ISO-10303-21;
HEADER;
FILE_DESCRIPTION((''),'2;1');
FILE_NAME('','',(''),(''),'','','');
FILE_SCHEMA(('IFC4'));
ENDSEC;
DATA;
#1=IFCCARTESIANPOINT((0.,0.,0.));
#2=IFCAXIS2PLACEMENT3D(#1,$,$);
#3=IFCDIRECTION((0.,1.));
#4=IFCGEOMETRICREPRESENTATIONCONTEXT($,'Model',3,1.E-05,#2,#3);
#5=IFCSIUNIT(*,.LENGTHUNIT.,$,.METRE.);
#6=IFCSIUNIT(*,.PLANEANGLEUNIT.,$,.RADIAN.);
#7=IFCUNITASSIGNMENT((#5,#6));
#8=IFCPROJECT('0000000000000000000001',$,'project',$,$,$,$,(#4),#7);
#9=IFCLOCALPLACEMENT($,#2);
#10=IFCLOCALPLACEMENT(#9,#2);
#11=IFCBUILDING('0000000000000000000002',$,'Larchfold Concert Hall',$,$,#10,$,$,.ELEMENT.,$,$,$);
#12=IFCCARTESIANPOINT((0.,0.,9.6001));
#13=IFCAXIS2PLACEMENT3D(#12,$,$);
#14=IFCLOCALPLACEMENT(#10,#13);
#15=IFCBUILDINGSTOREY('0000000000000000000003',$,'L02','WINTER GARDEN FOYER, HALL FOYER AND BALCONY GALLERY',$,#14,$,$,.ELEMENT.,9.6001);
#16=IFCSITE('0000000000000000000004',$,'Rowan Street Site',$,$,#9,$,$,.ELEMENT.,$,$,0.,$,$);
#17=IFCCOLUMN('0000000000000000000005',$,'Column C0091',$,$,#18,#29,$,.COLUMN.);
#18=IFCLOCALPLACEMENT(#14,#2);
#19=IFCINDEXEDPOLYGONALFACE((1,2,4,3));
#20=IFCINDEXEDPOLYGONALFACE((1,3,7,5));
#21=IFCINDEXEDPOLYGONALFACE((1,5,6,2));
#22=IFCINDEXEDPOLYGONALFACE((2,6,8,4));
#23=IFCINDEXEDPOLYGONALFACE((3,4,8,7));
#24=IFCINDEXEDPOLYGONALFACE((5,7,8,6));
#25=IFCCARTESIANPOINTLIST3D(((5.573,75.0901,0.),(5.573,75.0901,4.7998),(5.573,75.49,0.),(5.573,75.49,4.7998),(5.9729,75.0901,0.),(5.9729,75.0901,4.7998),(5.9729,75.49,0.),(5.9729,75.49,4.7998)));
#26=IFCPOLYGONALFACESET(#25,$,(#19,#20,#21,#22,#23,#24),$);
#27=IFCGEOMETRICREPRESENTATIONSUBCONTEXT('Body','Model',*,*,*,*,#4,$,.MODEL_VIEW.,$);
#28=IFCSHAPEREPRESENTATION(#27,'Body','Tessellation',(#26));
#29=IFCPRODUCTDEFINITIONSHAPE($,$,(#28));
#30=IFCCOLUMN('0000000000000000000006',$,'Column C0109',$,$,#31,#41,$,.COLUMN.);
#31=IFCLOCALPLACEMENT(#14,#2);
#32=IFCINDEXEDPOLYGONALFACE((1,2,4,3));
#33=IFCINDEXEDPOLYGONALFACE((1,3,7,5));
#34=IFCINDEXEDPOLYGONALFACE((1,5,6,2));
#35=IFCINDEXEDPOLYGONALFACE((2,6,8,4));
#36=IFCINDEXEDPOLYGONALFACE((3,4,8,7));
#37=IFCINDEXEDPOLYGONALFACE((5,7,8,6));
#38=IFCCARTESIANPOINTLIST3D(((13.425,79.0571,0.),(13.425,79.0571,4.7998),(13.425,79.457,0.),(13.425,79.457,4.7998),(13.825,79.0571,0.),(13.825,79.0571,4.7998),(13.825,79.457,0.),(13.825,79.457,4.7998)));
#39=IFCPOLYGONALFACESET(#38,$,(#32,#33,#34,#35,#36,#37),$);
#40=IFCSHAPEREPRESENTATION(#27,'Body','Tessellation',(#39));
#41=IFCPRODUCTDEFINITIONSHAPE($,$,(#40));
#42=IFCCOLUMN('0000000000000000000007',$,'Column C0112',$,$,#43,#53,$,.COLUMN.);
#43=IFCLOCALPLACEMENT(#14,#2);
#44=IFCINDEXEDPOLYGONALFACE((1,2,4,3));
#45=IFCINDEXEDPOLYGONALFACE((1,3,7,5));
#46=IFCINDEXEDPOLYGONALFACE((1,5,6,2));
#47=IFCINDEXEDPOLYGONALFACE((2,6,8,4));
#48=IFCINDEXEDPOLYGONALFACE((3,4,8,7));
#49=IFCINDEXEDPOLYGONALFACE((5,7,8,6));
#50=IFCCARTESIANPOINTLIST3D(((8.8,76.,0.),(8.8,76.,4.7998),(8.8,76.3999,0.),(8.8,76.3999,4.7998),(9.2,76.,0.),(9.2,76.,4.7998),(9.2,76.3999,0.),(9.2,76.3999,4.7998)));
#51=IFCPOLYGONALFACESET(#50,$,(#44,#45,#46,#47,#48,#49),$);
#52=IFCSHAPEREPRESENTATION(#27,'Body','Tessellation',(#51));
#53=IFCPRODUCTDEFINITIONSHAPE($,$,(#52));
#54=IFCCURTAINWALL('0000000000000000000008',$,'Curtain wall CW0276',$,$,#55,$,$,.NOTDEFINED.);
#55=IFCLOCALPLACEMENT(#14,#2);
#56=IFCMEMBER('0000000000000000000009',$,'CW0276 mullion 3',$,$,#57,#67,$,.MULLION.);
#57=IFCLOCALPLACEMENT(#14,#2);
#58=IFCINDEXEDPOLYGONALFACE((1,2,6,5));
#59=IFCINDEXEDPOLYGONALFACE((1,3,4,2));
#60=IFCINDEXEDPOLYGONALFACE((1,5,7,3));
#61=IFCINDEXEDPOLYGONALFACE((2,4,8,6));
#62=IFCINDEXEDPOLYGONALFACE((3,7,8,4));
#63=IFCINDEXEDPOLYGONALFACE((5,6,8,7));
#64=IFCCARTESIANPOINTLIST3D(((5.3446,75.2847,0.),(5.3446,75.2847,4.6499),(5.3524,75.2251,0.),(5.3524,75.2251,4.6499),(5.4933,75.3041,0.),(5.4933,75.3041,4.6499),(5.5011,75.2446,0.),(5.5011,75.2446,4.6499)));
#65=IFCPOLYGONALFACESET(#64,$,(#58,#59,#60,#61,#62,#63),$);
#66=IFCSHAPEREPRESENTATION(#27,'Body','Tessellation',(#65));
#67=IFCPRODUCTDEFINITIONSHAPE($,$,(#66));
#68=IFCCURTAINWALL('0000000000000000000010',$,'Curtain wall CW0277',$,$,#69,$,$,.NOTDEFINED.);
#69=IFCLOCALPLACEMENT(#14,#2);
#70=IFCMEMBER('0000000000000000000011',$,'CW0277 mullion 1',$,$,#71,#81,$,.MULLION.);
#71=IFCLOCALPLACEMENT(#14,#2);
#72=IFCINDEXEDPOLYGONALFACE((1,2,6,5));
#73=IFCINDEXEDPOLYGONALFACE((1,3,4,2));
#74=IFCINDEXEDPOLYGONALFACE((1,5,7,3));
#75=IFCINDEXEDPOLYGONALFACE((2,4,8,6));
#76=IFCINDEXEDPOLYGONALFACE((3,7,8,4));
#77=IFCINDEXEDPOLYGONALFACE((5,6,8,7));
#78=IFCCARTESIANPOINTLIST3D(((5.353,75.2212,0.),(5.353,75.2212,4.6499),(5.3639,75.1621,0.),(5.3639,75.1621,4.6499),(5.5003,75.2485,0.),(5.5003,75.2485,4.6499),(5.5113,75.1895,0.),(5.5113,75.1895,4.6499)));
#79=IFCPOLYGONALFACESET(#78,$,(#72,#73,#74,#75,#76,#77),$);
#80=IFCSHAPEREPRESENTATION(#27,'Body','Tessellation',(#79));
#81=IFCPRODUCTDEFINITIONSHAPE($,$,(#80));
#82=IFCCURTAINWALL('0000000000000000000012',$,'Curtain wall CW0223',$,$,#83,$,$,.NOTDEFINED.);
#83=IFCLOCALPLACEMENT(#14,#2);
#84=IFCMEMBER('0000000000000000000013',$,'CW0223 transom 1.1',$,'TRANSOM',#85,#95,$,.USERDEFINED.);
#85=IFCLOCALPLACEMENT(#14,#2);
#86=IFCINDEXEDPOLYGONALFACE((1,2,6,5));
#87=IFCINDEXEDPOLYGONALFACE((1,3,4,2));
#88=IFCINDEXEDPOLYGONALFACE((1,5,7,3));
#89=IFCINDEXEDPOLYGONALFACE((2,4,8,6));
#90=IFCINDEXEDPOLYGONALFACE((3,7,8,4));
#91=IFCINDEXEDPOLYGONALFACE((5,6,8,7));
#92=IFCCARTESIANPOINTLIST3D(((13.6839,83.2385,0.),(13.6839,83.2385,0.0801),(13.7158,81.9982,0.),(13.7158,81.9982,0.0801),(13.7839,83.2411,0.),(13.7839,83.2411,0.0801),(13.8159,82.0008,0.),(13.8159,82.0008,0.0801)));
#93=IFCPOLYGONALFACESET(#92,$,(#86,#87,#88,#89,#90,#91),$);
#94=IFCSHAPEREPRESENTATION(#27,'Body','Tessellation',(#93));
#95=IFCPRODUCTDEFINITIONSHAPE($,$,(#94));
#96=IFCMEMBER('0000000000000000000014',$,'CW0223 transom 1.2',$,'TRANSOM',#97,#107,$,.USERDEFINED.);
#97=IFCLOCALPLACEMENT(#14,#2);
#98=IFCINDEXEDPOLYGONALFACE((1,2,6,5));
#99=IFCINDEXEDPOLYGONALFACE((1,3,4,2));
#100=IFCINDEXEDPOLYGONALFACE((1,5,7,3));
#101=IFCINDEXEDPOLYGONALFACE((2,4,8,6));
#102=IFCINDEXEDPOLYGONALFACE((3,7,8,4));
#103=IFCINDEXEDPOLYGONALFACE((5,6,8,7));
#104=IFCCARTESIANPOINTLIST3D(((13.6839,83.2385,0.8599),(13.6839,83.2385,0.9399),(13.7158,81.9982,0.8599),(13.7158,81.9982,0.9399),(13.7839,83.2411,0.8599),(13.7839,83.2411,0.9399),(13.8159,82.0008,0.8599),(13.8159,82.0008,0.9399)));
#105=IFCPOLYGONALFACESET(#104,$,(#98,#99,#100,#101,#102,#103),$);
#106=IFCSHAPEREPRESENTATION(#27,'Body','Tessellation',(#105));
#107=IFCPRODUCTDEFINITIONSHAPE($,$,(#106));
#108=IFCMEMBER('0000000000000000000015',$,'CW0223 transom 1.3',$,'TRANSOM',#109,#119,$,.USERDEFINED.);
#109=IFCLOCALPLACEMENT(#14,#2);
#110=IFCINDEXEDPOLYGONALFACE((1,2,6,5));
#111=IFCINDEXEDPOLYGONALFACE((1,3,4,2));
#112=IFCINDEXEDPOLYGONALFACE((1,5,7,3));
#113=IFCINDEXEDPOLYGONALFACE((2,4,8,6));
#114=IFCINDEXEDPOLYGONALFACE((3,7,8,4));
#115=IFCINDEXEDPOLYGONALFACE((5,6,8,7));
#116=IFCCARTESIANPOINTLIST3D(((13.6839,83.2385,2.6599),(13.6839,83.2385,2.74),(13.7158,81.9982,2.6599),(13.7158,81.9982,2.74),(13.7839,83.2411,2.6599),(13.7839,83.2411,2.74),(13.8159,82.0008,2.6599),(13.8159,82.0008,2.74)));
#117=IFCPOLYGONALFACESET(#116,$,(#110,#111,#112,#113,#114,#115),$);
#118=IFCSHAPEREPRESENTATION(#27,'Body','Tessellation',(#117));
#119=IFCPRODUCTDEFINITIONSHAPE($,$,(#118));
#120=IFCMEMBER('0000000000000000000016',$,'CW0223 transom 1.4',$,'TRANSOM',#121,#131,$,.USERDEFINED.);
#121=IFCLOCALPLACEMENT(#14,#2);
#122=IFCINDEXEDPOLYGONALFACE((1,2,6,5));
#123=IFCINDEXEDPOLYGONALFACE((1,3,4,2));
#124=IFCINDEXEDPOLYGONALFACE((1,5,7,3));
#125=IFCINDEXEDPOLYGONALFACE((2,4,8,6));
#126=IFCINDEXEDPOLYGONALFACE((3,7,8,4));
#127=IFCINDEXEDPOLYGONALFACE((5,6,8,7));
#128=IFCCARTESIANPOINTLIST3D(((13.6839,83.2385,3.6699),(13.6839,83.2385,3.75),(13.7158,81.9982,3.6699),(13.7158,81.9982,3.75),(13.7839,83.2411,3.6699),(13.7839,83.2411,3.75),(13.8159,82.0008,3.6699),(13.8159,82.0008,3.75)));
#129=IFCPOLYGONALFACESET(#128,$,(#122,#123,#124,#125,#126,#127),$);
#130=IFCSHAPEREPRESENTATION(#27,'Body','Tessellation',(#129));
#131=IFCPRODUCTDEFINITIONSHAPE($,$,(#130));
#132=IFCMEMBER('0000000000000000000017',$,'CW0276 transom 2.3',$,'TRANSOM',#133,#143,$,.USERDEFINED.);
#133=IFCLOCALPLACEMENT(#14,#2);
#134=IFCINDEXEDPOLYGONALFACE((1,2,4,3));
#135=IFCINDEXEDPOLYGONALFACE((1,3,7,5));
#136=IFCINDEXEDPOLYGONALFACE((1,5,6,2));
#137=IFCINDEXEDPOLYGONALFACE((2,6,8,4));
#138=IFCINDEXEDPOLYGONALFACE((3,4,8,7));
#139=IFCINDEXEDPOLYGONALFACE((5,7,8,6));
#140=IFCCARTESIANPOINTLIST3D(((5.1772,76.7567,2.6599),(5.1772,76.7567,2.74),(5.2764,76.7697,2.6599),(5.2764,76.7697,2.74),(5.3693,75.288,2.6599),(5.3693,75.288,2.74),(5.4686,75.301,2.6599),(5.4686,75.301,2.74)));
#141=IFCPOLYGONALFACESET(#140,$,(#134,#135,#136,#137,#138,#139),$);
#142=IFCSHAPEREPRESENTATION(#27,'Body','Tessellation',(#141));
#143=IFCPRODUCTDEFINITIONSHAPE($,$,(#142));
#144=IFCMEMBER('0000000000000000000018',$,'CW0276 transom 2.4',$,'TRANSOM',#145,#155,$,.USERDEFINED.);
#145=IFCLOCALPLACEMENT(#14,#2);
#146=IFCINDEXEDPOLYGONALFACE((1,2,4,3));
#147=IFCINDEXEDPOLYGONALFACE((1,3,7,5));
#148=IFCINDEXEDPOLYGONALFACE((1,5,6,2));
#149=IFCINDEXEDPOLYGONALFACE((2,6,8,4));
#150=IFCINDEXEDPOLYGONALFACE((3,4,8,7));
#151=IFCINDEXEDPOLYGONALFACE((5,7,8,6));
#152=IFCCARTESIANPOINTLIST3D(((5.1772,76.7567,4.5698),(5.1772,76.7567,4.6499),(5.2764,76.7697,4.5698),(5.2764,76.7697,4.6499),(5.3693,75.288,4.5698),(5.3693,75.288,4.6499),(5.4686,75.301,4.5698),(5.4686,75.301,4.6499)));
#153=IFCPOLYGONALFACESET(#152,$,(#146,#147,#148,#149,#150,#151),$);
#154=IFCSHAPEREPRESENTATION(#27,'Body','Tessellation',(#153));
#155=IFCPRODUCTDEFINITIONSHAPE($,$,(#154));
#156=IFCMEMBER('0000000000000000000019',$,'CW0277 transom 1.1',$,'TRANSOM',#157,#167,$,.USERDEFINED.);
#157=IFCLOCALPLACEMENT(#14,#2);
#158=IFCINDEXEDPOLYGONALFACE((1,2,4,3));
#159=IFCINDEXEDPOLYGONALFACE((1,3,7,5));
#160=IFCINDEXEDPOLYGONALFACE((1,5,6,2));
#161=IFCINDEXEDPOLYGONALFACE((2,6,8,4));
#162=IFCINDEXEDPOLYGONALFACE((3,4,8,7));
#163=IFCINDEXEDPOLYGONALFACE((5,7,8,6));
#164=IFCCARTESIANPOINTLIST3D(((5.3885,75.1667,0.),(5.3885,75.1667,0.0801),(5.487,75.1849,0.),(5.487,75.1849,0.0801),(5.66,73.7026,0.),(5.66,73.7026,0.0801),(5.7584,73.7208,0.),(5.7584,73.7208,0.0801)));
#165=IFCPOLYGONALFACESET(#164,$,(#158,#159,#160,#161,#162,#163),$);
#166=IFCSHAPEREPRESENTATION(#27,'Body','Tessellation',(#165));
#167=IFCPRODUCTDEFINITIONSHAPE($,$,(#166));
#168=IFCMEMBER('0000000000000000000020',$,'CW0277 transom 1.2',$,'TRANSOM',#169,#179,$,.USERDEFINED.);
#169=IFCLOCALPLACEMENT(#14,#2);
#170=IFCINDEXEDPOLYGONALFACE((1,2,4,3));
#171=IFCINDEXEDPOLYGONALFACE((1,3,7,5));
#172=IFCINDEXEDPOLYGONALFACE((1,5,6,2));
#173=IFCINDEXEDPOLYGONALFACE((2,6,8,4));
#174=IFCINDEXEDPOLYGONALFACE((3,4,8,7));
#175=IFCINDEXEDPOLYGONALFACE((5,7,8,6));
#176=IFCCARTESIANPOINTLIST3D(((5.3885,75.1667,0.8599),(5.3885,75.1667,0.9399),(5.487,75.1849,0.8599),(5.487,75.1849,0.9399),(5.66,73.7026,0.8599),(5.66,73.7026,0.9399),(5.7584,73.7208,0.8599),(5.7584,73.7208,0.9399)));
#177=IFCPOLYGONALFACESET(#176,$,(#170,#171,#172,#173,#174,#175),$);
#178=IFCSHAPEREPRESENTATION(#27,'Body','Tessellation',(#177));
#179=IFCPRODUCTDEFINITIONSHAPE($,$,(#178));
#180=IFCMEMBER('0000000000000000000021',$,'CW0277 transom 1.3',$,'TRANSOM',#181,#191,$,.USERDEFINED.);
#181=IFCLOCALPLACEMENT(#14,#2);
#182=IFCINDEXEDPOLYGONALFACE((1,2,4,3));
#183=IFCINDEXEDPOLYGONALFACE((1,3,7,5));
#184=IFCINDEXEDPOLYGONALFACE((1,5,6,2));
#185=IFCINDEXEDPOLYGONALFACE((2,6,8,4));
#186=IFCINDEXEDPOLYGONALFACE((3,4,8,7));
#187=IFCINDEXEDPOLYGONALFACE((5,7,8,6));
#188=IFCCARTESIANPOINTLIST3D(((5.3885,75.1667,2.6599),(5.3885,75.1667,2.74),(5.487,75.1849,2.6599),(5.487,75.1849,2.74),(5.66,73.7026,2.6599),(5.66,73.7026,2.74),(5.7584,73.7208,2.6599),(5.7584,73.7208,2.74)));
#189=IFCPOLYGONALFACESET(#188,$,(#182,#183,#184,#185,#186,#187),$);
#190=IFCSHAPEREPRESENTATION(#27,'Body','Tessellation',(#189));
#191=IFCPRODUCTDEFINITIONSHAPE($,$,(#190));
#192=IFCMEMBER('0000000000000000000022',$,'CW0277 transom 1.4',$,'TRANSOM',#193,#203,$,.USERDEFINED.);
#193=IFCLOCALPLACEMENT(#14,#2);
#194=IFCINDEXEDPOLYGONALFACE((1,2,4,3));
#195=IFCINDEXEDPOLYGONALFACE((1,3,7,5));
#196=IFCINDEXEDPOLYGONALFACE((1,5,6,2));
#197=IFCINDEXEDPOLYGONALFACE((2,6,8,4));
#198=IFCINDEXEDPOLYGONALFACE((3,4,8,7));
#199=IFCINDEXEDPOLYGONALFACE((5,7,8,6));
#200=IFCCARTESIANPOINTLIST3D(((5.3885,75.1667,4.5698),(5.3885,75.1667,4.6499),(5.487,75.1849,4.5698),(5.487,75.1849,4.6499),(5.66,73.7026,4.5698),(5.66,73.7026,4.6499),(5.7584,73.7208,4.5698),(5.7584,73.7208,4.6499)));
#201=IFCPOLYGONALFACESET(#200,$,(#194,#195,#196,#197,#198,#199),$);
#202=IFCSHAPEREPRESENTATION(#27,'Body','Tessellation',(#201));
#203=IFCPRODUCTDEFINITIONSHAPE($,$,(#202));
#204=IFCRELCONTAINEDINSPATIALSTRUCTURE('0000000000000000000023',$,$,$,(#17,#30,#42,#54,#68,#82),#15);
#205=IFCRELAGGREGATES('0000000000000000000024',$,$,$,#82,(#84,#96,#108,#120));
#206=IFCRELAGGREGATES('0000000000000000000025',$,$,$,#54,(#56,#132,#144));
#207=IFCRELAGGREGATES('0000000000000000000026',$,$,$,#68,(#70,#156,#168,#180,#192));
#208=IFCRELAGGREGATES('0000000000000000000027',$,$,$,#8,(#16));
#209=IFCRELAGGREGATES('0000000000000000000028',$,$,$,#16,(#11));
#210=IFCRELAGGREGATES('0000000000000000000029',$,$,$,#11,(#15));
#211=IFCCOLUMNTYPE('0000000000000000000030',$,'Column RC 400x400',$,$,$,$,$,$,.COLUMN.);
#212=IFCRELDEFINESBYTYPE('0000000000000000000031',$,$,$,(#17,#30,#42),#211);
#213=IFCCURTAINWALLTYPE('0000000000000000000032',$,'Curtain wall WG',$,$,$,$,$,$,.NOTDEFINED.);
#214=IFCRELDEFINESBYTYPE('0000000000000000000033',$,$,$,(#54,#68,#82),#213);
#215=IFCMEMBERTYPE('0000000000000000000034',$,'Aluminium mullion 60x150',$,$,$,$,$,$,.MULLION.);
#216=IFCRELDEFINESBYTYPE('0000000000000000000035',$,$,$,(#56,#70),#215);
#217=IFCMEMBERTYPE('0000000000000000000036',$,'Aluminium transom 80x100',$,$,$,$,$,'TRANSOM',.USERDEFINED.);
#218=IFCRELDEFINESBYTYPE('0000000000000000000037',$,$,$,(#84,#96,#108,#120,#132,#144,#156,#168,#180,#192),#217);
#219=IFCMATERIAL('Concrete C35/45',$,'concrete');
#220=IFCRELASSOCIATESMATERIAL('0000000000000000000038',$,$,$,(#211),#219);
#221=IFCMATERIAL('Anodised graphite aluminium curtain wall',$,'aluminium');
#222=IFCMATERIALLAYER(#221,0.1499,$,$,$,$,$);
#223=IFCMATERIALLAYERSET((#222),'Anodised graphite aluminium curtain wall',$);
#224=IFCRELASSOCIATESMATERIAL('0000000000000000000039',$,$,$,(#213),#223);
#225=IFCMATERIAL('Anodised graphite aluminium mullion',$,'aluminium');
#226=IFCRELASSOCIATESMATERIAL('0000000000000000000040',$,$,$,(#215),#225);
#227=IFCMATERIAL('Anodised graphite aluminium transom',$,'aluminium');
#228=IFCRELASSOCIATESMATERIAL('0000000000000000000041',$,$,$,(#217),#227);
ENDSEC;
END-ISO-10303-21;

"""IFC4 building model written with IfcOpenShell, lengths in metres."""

from ifc_helpers import new_model, si_unit, direction, frame, origin, origin_2d, place, context, subcontext, project, spatial, rectangle, extrude, material, layer, layer_set, material_profile, profile_set, type_object, element, aggregate, save


model = new_model("IFC4")

# Units and contexts
model_context = context("Model", 3, precision=1e-05, world=origin(), true_north=direction((0.0, 1.0)))
body_context = subcontext(model_context, "Body", "Model", "MODEL_VIEW")
ifc_project = project(units=[si_unit("LENGTHUNIT", "METRE"), si_unit("PLANEANGLEUNIT", "RADIAN")], contexts=[model_context])

# Site, building, storey
site_placement = place(None, origin())
site = spatial("IfcSite", under=ifc_project, at=site_placement, Name="Rowan Street Site", CompositionType="ELEMENT", RefElevation=0.0)
building_placement = place(site_placement, origin())
building = spatial("IfcBuilding", under=site, at=building_placement, Name="Larchfold Concert Hall", CompositionType="ELEMENT")
storey_placement = place(building_placement, frame((0.0, 0.0, 9.6001)))
storey = spatial("IfcBuildingStorey", under=building, at=storey_placement, Name="L02", Description="WINTER GARDEN FOYER, HALL FOYER AND BALCONY GALLERY", CompositionType="ELEMENT", Elevation=9.6001)

# Columns
ifc_material_1 = material(Name="Concrete C35/45", Category="concrete")
ifc_material_profile_1 = material_profile(ifc_material_1, rectangle(XDim=0.3999, YDim=0.3999, at=origin_2d()))
ifc_profile_set_1 = profile_set([ifc_material_profile_1], Name="Concrete C35/45")
column_type = type_object("IfcColumnType", Name="Column RC 400x400", PredefinedType="COLUMN", material=ifc_profile_set_1)
for number, where, z_axis, x_axis, name in (
    (1, (5.7729, 75.29, 0.0), (0.0, 0.0, 1.0), (1.0, 0.0, 0.0), "Column C0091"),
    (2, (13.625, 79.2571, 0.0), (0.0, 0.0, 1.0), (1.0, 0.0, 0.0), "Column C0109"),
    (3, (9.0, 76.2, 0.0), (0.0, 0.0, 1.0), (1.0, 0.0, 0.0), "Column C0112"),
):
    element("IfcColumn", number, at=place(storey_placement, frame(where, z_axis=z_axis, x_axis=x_axis)), inside=storey, type_object=column_type, Name=name, PredefinedType="COLUMN", context=body_context, shape_type="SweptSolid", body=[
        extrude(rectangle(XDim=0.3999, YDim=0.3999, at=origin_2d()), origin(), (0.0, 0.0, 1.0), 4.7998),
    ])

# Curtain walls, members
ifc_material_2 = material(Name="Anodised graphite aluminium curtain wall", Category="aluminium")
ifc_layer_1 = layer(ifc_material_2, 0.1499)
ifc_layer_set_1 = layer_set([ifc_layer_1], Name="Anodised graphite aluminium curtain wall")
curtain_wall_type = type_object("IfcCurtainWallType", Name="Curtain wall WG", PredefinedType="NOTDEFINED", material=ifc_layer_set_1)
curtain_wall_1_placement = place(storey_placement, origin())
curtain_wall_1 = element("IfcCurtainWall", 4, at=curtain_wall_1_placement, inside=storey, type_object=curtain_wall_type, Name="Curtain wall CW0276", PredefinedType="NOTDEFINED")
ifc_material_3 = material(Name="Anodised graphite aluminium mullion", Category="aluminium")
ifc_material_profile_2 = material_profile(ifc_material_3, rectangle(XDim=0.1499, YDim=0.0601, at=origin_2d()))
ifc_profile_set_2 = profile_set([ifc_material_profile_2], Name="Anodised graphite aluminium mullion")
member_type_1 = type_object("IfcMemberType", Name="Aluminium mullion 60x150", PredefinedType="MULLION", material=ifc_profile_set_2)
member_1_placement = place(storey_placement, frame((5.4229, 75.2646, 0.0), z_axis=(0.0, 0.0, 1.0), x_axis=(0.991549, 0.129731, 0.0)))
member_1 = element("IfcMember", 5, at=member_1_placement, type_object=member_type_1, Name="CW0276 mullion 3", PredefinedType="MULLION", context=body_context, shape_type="SweptSolid", body=[
    extrude(rectangle(XDim=0.1499, YDim=0.0601, at=origin_2d()), origin(), (0.0, 0.0, 1.0), 4.6499),
])
curtain_wall_2_placement = place(storey_placement, origin())
curtain_wall_2 = element("IfcCurtainWall", 6, at=curtain_wall_2_placement, inside=storey, type_object=curtain_wall_type, Name="Curtain wall CW0277", PredefinedType="NOTDEFINED")
member_2_placement = place(storey_placement, frame((5.4321, 75.2053, 0.0), z_axis=(0.0, 0.0, 1.0), x_axis=(0.983234, 0.182347, 0.0)))
member_2 = element("IfcMember", 7, at=member_2_placement, type_object=member_type_1, Name="CW0277 mullion 1", PredefinedType="MULLION", context=body_context, shape_type="SweptSolid", body=[
    extrude(rectangle(XDim=0.1499, YDim=0.0601, at=origin_2d()), origin(), (0.0, 0.0, 1.0), 4.6499),
])

# Curtain wall, members
curtain_wall_3_placement = place(storey_placement, origin())
curtain_wall_3 = element("IfcCurtainWall", 8, at=curtain_wall_3_placement, inside=storey, type_object=curtain_wall_type, Name="Curtain wall CW0223", PredefinedType="NOTDEFINED")
ifc_material_4 = material(Name="Anodised graphite aluminium transom", Category="aluminium")
ifc_material_profile_3 = material_profile(ifc_material_4, rectangle(XDim=0.1001, YDim=0.0801, at=origin_2d()))
ifc_profile_set_3 = profile_set([ifc_material_profile_3], Name="Anodised graphite aluminium transom")
member_type_2 = type_object("IfcMemberType", Name="Aluminium transom 80x100", ElementType="TRANSOM", PredefinedType="USERDEFINED", material=ifc_profile_set_3)
member_3_placement = place(storey_placement, frame((13.7659, 81.9995, 0.04), z_axis=(-0.025779, 0.999668, 0.0), x_axis=(-0.999668, -0.025779, 0.0)))
member_3 = element("IfcMember", 9, at=member_3_placement, type_object=member_type_2, Name="CW0223 transom 1.1", ObjectType="TRANSOM", PredefinedType="USERDEFINED", context=body_context, shape_type="SweptSolid", body=[
    extrude(rectangle(XDim=0.1001, YDim=0.0801, at=origin_2d()), origin(), (0.0, 0.0, 1.0), 1.2407),
])
member_4_placement = place(storey_placement, frame((13.7659, 81.9995, 0.8999), z_axis=(-0.025779, 0.999668, 0.0), x_axis=(-0.999668, -0.025779, 0.0)))
member_4 = element("IfcMember", 10, at=member_4_placement, type_object=member_type_2, Name="CW0223 transom 1.2", ObjectType="TRANSOM", PredefinedType="USERDEFINED", context=body_context, shape_type="SweptSolid", body=[
    extrude(rectangle(XDim=0.1001, YDim=0.0801, at=origin_2d()), origin(), (0.0, 0.0, 1.0), 1.2407),
])
member_5_placement = place(storey_placement, frame((13.7659, 81.9995, 2.7), z_axis=(-0.025779, 0.999668, 0.0), x_axis=(-0.999668, -0.025779, 0.0)))
member_5 = element("IfcMember", 11, at=member_5_placement, type_object=member_type_2, Name="CW0223 transom 1.3", ObjectType="TRANSOM", PredefinedType="USERDEFINED", context=body_context, shape_type="SweptSolid", body=[
    extrude(rectangle(XDim=0.1001, YDim=0.0801, at=origin_2d()), origin(), (0.0, 0.0, 1.0), 1.2407),
])
member_6_placement = place(storey_placement, frame((13.7659, 81.9995, 3.71), z_axis=(-0.025779, 0.999668, 0.0), x_axis=(-0.999668, -0.025779, 0.0)))
member_6 = element("IfcMember", 12, at=member_6_placement, type_object=member_type_2, Name="CW0223 transom 1.4", ObjectType="TRANSOM", PredefinedType="USERDEFINED", context=body_context, shape_type="SweptSolid", body=[
    extrude(rectangle(XDim=0.1001, YDim=0.0801, at=origin_2d()), origin(), (0.0, 0.0, 1.0), 1.2407),
])
aggregate(curtain_wall_3, [member_3, member_4, member_5, member_6])

# Members
member_7_placement = place(storey_placement, frame((5.2268, 76.7632, 2.7), z_axis=(0.129713, -0.991552, 0.0), x_axis=(0.991552, 0.129713, 0.0)))
member_7 = element("IfcMember", 13, at=member_7_placement, type_object=member_type_2, Name="CW0276 transom 2.3", ObjectType="TRANSOM", PredefinedType="USERDEFINED", context=body_context, shape_type="SweptSolid", body=[
    extrude(rectangle(XDim=0.1001, YDim=0.0801, at=origin_2d()), origin(), (0.0, 0.0, 1.0), 1.4812),
])
member_8_placement = place(storey_placement, frame((5.2268, 76.7632, 4.6099), z_axis=(0.129713, -0.991552, 0.0), x_axis=(0.991552, 0.129713, 0.0)))
member_8 = element("IfcMember", 14, at=member_8_placement, type_object=member_type_2, Name="CW0276 transom 2.4", ObjectType="TRANSOM", PredefinedType="USERDEFINED", context=body_context, shape_type="SweptSolid", body=[
    extrude(rectangle(XDim=0.1001, YDim=0.0801, at=origin_2d()), origin(), (0.0, 0.0, 1.0), 1.4812),
])
member_9_placement = place(storey_placement, frame((5.4377, 75.1758, 0.04), z_axis=(0.182318, -0.98324, 0.0), x_axis=(0.98324, 0.182318, 0.0)))
member_9 = element("IfcMember", 15, at=member_9_placement, type_object=member_type_2, Name="CW0277 transom 1.1", ObjectType="TRANSOM", PredefinedType="USERDEFINED", context=body_context, shape_type="SweptSolid", body=[
    extrude(rectangle(XDim=0.1001, YDim=0.0801, at=origin_2d()), origin(), (0.0, 0.0, 1.0), 1.489),
])
member_10_placement = place(storey_placement, frame((5.4377, 75.1758, 0.8999), z_axis=(0.182318, -0.98324, 0.0), x_axis=(0.98324, 0.182318, 0.0)))
member_10 = element("IfcMember", 16, at=member_10_placement, type_object=member_type_2, Name="CW0277 transom 1.2", ObjectType="TRANSOM", PredefinedType="USERDEFINED", context=body_context, shape_type="SweptSolid", body=[
    extrude(rectangle(XDim=0.1001, YDim=0.0801, at=origin_2d()), origin(), (0.0, 0.0, 1.0), 1.489),
])
member_11_placement = place(storey_placement, frame((5.4377, 75.1758, 2.7), z_axis=(0.182318, -0.98324, 0.0), x_axis=(0.98324, 0.182318, 0.0)))
member_11 = element("IfcMember", 17, at=member_11_placement, type_object=member_type_2, Name="CW0277 transom 1.3", ObjectType="TRANSOM", PredefinedType="USERDEFINED", context=body_context, shape_type="SweptSolid", body=[
    extrude(rectangle(XDim=0.1001, YDim=0.0801, at=origin_2d()), origin(), (0.0, 0.0, 1.0), 1.489),
])
member_12_placement = place(storey_placement, frame((5.4377, 75.1758, 4.6099), z_axis=(0.182318, -0.98324, 0.0), x_axis=(0.98324, 0.182318, 0.0)))
member_12 = element("IfcMember", 18, at=member_12_placement, type_object=member_type_2, Name="CW0277 transom 1.4", ObjectType="TRANSOM", PredefinedType="USERDEFINED", context=body_context, shape_type="SweptSolid", body=[
    extrude(rectangle(XDim=0.1001, YDim=0.0801, at=origin_2d()), origin(), (0.0, 0.0, 1.0), 1.489),
])

aggregate(curtain_wall_1, [member_1, member_7, member_8])
aggregate(curtain_wall_2, [member_2, member_9, member_10, member_11, member_12])

save(model, "model.ifc")
